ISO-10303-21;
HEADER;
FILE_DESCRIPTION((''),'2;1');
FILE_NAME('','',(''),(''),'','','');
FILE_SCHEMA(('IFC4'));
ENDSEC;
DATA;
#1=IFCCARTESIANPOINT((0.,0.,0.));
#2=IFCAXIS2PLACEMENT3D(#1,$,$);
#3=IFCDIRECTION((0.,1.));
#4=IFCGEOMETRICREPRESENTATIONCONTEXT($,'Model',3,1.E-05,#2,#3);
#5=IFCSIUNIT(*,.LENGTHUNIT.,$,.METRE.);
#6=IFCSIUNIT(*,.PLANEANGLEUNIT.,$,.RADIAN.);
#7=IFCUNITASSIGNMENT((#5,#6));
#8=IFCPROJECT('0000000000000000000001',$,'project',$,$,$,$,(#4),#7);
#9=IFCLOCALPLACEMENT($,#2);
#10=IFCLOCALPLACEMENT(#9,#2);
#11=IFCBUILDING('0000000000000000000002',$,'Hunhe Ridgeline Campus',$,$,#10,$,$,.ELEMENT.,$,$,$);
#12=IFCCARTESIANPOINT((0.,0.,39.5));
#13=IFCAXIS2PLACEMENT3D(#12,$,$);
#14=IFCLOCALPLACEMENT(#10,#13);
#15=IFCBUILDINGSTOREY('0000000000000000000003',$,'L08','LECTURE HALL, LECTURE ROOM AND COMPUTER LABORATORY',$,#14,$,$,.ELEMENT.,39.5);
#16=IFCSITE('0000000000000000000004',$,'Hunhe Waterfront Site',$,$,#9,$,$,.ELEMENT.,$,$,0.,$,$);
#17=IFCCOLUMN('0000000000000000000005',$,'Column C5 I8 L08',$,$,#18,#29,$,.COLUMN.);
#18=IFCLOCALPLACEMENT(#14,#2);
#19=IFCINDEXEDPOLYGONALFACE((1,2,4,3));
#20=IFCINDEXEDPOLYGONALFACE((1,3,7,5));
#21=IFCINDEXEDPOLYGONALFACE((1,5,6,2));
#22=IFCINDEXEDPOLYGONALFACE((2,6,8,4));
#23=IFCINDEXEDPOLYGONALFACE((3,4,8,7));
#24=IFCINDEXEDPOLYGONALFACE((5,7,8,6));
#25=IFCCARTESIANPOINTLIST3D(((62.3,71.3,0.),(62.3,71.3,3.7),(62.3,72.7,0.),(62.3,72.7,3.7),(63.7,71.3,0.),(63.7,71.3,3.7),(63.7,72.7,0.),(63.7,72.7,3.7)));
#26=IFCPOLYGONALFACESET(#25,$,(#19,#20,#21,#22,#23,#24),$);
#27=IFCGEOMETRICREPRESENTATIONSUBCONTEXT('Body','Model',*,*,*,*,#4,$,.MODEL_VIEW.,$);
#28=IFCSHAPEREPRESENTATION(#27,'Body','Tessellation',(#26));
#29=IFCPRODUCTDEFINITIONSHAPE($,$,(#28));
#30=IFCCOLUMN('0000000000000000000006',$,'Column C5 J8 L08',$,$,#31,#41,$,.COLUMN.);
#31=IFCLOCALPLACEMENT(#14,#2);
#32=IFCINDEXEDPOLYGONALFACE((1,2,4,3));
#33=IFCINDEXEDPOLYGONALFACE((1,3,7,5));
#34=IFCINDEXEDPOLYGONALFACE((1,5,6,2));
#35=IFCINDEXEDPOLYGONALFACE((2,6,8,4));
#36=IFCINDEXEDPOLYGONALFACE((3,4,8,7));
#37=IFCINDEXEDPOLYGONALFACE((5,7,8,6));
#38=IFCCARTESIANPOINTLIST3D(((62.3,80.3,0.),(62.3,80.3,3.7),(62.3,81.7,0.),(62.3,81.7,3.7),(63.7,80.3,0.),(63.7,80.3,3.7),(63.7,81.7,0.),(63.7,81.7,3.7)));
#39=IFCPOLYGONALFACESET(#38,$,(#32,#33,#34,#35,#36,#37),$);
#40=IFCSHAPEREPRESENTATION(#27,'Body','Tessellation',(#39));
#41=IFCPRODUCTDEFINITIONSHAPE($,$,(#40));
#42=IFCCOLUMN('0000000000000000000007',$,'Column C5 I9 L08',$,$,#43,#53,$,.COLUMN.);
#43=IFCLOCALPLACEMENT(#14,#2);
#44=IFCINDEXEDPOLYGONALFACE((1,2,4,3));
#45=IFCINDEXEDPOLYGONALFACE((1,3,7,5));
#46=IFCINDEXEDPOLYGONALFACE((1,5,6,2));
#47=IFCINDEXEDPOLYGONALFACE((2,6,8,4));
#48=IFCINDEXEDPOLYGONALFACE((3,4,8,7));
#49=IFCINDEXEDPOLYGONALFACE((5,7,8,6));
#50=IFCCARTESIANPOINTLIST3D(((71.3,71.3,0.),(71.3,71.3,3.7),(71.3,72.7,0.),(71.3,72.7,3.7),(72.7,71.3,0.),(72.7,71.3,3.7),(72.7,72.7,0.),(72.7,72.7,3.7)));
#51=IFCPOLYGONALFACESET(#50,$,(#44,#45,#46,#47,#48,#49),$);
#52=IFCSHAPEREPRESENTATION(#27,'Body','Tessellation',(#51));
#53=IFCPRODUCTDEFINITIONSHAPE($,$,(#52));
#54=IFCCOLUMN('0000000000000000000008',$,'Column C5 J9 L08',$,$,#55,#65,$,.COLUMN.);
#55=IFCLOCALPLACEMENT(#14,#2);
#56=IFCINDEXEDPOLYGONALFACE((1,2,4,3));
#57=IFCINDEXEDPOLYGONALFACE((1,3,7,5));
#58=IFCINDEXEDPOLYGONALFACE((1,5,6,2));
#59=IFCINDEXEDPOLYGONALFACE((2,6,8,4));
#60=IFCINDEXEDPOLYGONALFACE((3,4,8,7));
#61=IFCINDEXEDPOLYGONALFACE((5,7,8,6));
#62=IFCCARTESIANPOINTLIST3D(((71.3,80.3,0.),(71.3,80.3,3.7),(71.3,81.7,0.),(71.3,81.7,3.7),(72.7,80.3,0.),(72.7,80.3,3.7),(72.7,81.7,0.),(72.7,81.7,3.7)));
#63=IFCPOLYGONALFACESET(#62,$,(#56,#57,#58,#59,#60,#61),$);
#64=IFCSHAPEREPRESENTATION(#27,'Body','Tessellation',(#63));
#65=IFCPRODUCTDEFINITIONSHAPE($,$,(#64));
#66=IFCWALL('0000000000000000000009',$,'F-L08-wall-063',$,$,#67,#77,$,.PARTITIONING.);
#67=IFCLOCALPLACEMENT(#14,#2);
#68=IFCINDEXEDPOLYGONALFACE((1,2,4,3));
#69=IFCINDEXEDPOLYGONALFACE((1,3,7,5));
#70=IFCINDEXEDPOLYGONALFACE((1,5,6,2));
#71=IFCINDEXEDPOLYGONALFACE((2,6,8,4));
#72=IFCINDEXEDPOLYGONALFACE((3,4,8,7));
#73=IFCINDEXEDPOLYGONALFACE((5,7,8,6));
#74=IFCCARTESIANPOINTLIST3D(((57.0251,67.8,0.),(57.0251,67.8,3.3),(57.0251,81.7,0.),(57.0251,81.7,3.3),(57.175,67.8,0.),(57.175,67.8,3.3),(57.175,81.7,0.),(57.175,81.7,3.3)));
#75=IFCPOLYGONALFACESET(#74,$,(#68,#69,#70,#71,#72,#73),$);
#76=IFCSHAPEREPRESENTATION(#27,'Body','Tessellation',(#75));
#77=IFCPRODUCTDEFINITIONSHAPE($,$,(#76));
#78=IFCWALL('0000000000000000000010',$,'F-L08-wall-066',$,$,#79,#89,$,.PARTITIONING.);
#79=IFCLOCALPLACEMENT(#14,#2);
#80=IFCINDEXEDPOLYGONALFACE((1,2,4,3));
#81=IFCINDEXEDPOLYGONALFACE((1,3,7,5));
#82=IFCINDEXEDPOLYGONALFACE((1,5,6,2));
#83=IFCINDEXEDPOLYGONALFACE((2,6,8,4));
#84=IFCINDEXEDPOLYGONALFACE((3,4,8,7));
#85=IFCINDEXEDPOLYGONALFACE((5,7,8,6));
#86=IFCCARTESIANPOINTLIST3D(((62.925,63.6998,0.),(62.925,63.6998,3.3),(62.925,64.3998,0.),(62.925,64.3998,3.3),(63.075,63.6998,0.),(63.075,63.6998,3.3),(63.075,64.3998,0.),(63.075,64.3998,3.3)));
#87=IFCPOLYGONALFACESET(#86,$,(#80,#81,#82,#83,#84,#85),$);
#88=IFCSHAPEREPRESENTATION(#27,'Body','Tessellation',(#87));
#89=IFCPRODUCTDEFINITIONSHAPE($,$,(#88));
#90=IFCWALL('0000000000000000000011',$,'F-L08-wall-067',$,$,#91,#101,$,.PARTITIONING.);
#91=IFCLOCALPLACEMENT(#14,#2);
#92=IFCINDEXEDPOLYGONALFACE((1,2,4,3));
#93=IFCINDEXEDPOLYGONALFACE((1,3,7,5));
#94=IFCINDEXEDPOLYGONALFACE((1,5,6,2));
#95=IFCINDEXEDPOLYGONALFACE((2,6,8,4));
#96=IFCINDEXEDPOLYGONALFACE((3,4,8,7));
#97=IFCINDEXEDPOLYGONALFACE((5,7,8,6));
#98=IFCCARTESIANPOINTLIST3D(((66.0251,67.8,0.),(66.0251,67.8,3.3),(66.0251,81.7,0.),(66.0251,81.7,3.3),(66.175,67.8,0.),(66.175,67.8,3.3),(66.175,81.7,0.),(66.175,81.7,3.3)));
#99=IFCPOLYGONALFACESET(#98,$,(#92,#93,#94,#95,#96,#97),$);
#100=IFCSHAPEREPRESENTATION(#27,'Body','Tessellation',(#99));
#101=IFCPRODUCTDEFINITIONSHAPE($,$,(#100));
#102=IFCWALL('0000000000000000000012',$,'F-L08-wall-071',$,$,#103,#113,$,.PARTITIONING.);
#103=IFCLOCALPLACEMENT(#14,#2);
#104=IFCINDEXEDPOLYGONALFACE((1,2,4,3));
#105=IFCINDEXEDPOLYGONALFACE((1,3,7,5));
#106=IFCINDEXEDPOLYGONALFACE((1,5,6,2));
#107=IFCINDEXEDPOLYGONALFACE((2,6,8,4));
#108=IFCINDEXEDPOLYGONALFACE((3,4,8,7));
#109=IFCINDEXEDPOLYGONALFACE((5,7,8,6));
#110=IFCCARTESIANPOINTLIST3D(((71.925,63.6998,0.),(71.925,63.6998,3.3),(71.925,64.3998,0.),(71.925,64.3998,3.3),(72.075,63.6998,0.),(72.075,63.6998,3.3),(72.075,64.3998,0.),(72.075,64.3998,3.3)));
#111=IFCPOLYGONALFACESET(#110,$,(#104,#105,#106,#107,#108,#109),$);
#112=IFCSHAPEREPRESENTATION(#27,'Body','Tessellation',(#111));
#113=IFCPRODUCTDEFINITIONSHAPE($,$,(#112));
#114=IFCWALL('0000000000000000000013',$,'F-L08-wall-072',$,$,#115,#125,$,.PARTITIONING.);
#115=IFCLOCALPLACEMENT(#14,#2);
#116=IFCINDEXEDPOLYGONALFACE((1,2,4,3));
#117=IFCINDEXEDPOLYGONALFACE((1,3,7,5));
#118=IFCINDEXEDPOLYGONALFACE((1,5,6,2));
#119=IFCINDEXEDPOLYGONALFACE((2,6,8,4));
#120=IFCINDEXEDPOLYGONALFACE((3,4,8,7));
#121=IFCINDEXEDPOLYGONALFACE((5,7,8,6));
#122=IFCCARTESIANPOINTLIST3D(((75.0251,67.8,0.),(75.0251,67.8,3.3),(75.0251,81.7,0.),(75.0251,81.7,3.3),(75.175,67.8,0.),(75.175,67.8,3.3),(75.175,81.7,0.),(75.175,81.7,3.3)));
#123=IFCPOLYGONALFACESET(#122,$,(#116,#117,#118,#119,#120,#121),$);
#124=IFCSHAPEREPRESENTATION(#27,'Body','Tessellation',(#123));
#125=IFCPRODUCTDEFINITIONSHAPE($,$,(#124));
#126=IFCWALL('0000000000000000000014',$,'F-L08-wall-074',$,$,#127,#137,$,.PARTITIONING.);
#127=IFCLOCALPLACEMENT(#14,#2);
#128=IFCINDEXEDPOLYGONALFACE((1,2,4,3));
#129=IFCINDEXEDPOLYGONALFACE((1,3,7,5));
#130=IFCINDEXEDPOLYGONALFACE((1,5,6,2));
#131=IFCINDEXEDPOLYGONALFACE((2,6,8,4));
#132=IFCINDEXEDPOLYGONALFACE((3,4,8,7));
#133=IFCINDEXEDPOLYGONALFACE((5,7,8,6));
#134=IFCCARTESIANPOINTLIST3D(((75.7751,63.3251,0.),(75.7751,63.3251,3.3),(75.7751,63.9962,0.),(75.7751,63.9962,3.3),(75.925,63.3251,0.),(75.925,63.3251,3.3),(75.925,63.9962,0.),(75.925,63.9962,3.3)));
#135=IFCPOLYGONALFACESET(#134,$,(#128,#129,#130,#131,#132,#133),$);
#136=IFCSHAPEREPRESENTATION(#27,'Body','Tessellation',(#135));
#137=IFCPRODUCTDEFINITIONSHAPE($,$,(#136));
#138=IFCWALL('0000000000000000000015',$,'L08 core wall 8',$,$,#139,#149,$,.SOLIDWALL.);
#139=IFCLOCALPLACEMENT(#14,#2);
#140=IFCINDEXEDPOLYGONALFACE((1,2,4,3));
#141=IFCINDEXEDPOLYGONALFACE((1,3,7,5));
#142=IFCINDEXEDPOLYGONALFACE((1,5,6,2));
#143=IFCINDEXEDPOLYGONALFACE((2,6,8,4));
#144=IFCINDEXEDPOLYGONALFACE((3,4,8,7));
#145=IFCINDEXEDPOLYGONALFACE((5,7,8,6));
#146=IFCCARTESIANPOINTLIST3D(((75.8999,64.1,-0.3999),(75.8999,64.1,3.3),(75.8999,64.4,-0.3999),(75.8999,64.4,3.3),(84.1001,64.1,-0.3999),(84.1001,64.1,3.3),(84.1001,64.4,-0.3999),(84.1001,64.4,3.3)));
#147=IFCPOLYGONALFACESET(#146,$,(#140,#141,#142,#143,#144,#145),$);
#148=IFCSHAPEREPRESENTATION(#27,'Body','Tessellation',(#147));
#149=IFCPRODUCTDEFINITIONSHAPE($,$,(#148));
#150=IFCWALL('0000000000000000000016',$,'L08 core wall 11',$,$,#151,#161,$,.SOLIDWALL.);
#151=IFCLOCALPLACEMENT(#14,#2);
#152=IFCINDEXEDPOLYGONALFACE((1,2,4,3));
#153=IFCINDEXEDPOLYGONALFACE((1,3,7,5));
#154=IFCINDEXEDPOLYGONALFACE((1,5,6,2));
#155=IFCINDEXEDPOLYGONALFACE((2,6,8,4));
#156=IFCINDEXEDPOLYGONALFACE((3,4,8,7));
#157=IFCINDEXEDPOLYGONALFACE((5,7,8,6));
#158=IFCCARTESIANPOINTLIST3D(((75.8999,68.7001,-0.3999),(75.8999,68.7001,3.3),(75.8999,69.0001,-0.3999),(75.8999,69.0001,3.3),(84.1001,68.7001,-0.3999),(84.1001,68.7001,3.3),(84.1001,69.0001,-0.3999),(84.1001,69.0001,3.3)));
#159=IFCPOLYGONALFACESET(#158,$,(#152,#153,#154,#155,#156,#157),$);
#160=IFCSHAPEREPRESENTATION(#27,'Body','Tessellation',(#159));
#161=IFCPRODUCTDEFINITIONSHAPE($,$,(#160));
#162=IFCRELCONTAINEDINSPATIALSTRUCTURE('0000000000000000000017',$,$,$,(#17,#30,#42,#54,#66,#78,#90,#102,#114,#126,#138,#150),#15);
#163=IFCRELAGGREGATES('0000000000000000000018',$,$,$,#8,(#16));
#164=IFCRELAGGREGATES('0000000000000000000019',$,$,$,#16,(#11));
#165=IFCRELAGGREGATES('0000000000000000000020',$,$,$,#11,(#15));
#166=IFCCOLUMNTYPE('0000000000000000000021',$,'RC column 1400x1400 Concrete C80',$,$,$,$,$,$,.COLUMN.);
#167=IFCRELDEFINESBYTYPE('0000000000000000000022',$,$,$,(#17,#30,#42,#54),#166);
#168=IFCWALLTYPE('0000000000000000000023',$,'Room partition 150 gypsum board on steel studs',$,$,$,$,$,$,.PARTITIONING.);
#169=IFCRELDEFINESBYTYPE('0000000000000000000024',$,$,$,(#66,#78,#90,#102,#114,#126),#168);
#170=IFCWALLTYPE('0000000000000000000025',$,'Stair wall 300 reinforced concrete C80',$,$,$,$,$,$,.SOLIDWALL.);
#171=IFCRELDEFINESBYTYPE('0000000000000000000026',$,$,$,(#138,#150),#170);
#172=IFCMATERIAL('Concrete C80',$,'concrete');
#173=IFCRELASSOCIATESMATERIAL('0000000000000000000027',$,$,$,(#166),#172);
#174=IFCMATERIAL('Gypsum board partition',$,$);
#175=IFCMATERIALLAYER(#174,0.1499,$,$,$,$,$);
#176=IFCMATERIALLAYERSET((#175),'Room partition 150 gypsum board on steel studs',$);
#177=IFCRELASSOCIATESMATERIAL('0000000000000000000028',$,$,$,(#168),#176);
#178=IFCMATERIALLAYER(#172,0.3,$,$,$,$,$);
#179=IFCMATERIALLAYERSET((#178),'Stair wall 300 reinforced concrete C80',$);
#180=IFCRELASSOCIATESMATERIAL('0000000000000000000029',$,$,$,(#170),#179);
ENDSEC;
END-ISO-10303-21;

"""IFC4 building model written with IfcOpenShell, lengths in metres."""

from ifc_helpers import new_model, si_unit, direction, frame, frame_2d, origin, origin_2d, place, context, subcontext, project, spatial, rectangle, extrude, material, layer, layer_set, material_profile, profile_set, type_object, element, save


model = new_model("IFC4")

# Units and contexts
model_context = context("Model", 3, precision=1e-05, world=origin(), true_north=direction((0.0, 1.0)))
body_context = subcontext(model_context, "Body", "Model", "MODEL_VIEW")
ifc_project = project(units=[si_unit("LENGTHUNIT", "METRE"), si_unit("PLANEANGLEUNIT", "RADIAN")], contexts=[model_context])

# Site, building, storey
site_placement = place(None, origin())
site = spatial("IfcSite", under=ifc_project, at=site_placement, Name="Hunhe Waterfront Site", CompositionType="ELEMENT", RefElevation=0.0)
building_placement = place(site_placement, origin())
building = spatial("IfcBuilding", under=site, at=building_placement, Name="Hunhe Ridgeline Campus", CompositionType="ELEMENT")
storey_placement = place(building_placement, frame((0.0, 0.0, 39.5)))
storey = spatial("IfcBuildingStorey", under=building, at=storey_placement, Name="L08", Description="LECTURE HALL, LECTURE ROOM AND COMPUTER LABORATORY", CompositionType="ELEMENT", Elevation=39.5)

# Columns
ifc_material_1 = material(Name="Concrete C80", Category="concrete")
ifc_material_profile = material_profile(ifc_material_1, rectangle(XDim=1.3999, YDim=1.3999, at=origin_2d()))
ifc_profile_set = profile_set([ifc_material_profile], Name="Concrete C80")
column_type = type_object("IfcColumnType", Name="RC column 1400x1400 Concrete C80", PredefinedType="COLUMN", material=ifc_profile_set)
for number, where, z_axis, x_axis, name in (
    (1, (63.0, 72.0, 0.0), (0.0, 0.0, 1.0), (1.0, 0.0, 0.0), "Column C5 I8 L08"),
    (2, (63.0, 81.0, 0.0), (0.0, 0.0, 1.0), (1.0, 0.0, 0.0), "Column C5 J8 L08"),
    (3, (72.0, 72.0, 0.0), (0.0, 0.0, 1.0), (1.0, 0.0, 0.0), "Column C5 I9 L08"),
    (4, (72.0, 81.0, 0.0), (0.0, 0.0, 1.0), (1.0, 0.0, 0.0), "Column C5 J9 L08"),
):
    element("IfcColumn", number, at=place(storey_placement, frame(where, z_axis=z_axis, x_axis=x_axis)), inside=storey, type_object=column_type, Name=name, PredefinedType="COLUMN", context=body_context, shape_type="SweptSolid", body=[
        extrude(rectangle(XDim=1.3999, YDim=1.3999, at=origin_2d()), origin(), (0.0, 0.0, 1.0), 3.7),
    ])

# Shared definitions
ifc_material_2 = material(Name="Gypsum board partition")

# Walls
ifc_layer_1 = layer(ifc_material_2, 0.1499)
ifc_layer_set_1 = layer_set([ifc_layer_1], Name="Room partition 150 gypsum board on steel studs")
wall_type_1 = type_object("IfcWallType", Name="Room partition 150 gypsum board on steel studs", PredefinedType="PARTITIONING", material=ifc_layer_set_1)
wall_1_placement = place(storey_placement, frame((57.1001, 81.7, 0.0), z_axis=(0.0, 0.0, 1.0), x_axis=(0.0, -1.0, 0.0)))
element("IfcWall", 5, at=wall_1_placement, inside=storey, type_object=wall_type_1, Name="F-L08-wall-063", PredefinedType="PARTITIONING", context=body_context, shape_type="SweptSolid", body=[
    extrude(rectangle(XDim=13.8999, YDim=0.1499, at=frame_2d((6.95, 0.0))), origin(), (0.0, 0.0, 1.0), 3.3),
])
wall_2_placement = place(storey_placement, frame((63.0, 64.3999, 0.0), z_axis=(0.0, 0.0, 1.0), x_axis=(0.0, -1.0, 0.0)))
element("IfcWall", 6, at=wall_2_placement, inside=storey, type_object=wall_type_1, Name="F-L08-wall-066", PredefinedType="PARTITIONING", context=body_context, shape_type="SweptSolid", body=[
    extrude(rectangle(XDim=0.7, YDim=0.1499, at=frame_2d((0.3501, 0.0))), origin(), (0.0, 0.0, 1.0), 3.3),
])
wall_3_placement = place(storey_placement, frame((66.1001, 81.7, 0.0), z_axis=(0.0, 0.0, 1.0), x_axis=(0.0, -1.0, 0.0)))
element("IfcWall", 7, at=wall_3_placement, inside=storey, type_object=wall_type_1, Name="F-L08-wall-067", PredefinedType="PARTITIONING", context=body_context, shape_type="SweptSolid", body=[
    extrude(rectangle(XDim=13.8999, YDim=0.1499, at=frame_2d((6.95, 0.0))), origin(), (0.0, 0.0, 1.0), 3.3),
])
wall_4_placement = place(storey_placement, frame((72.0, 64.3999, 0.0), z_axis=(0.0, 0.0, 1.0), x_axis=(0.0, -1.0, 0.0)))
element("IfcWall", 8, at=wall_4_placement, inside=storey, type_object=wall_type_1, Name="F-L08-wall-071", PredefinedType="PARTITIONING", context=body_context, shape_type="SweptSolid", body=[
    extrude(rectangle(XDim=0.7, YDim=0.1499, at=frame_2d((0.3501, 0.0))), origin(), (0.0, 0.0, 1.0), 3.3),
])
wall_5_placement = place(storey_placement, frame((75.1001, 81.7, 0.0), z_axis=(0.0, 0.0, 1.0), x_axis=(0.0, -1.0, 0.0)))
element("IfcWall", 9, at=wall_5_placement, inside=storey, type_object=wall_type_1, Name="F-L08-wall-072", PredefinedType="PARTITIONING", context=body_context, shape_type="SweptSolid", body=[
    extrude(rectangle(XDim=13.8999, YDim=0.1499, at=frame_2d((6.95, 0.0))), origin(), (0.0, 0.0, 1.0), 3.3),
])
wall_6_placement = place(storey_placement, frame((75.8501, 63.9961, 0.0), z_axis=(0.0, 0.0, 1.0), x_axis=(0.0, -1.0, 0.0)))
element("IfcWall", 10, at=wall_6_placement, inside=storey, type_object=wall_type_1, Name="F-L08-wall-074", PredefinedType="PARTITIONING", context=body_context, shape_type="SweptSolid", body=[
    extrude(rectangle(XDim=0.6711, YDim=0.1499, at=frame_2d((0.3354, 0.0))), origin(), (0.0, 0.0, 1.0), 3.3),
])
ifc_layer_2 = layer(ifc_material_1, 0.3)
ifc_layer_set_2 = layer_set([ifc_layer_2], Name="Stair wall 300 reinforced concrete C80")
wall_type_2 = type_object("IfcWallType", Name="Stair wall 300 reinforced concrete C80", PredefinedType="SOLIDWALL", material=ifc_layer_set_2)
for number, where, z_axis, x_axis, name in (
    (11, (75.8999, 64.25, -0.3999), (0.0, 0.0, 1.0), (1.0, 0.0, 0.0), "L08 core wall 8"),
    (12, (75.8999, 68.8501, -0.3999), (0.0, 0.0, 1.0), (1.0, 0.0, 0.0), "L08 core wall 11"),
):
    element("IfcWall", number, at=place(storey_placement, frame(where, z_axis=z_axis, x_axis=x_axis)), inside=storey, type_object=wall_type_2, Name=name, PredefinedType="SOLIDWALL", context=body_context, shape_type="SweptSolid", body=[
        extrude(rectangle(XDim=8.2002, YDim=0.3, at=frame_2d((4.1001, 0.0))), origin(), (0.0, 0.0, 1.0), 3.7),
    ])

save(model, "model.ifc")
